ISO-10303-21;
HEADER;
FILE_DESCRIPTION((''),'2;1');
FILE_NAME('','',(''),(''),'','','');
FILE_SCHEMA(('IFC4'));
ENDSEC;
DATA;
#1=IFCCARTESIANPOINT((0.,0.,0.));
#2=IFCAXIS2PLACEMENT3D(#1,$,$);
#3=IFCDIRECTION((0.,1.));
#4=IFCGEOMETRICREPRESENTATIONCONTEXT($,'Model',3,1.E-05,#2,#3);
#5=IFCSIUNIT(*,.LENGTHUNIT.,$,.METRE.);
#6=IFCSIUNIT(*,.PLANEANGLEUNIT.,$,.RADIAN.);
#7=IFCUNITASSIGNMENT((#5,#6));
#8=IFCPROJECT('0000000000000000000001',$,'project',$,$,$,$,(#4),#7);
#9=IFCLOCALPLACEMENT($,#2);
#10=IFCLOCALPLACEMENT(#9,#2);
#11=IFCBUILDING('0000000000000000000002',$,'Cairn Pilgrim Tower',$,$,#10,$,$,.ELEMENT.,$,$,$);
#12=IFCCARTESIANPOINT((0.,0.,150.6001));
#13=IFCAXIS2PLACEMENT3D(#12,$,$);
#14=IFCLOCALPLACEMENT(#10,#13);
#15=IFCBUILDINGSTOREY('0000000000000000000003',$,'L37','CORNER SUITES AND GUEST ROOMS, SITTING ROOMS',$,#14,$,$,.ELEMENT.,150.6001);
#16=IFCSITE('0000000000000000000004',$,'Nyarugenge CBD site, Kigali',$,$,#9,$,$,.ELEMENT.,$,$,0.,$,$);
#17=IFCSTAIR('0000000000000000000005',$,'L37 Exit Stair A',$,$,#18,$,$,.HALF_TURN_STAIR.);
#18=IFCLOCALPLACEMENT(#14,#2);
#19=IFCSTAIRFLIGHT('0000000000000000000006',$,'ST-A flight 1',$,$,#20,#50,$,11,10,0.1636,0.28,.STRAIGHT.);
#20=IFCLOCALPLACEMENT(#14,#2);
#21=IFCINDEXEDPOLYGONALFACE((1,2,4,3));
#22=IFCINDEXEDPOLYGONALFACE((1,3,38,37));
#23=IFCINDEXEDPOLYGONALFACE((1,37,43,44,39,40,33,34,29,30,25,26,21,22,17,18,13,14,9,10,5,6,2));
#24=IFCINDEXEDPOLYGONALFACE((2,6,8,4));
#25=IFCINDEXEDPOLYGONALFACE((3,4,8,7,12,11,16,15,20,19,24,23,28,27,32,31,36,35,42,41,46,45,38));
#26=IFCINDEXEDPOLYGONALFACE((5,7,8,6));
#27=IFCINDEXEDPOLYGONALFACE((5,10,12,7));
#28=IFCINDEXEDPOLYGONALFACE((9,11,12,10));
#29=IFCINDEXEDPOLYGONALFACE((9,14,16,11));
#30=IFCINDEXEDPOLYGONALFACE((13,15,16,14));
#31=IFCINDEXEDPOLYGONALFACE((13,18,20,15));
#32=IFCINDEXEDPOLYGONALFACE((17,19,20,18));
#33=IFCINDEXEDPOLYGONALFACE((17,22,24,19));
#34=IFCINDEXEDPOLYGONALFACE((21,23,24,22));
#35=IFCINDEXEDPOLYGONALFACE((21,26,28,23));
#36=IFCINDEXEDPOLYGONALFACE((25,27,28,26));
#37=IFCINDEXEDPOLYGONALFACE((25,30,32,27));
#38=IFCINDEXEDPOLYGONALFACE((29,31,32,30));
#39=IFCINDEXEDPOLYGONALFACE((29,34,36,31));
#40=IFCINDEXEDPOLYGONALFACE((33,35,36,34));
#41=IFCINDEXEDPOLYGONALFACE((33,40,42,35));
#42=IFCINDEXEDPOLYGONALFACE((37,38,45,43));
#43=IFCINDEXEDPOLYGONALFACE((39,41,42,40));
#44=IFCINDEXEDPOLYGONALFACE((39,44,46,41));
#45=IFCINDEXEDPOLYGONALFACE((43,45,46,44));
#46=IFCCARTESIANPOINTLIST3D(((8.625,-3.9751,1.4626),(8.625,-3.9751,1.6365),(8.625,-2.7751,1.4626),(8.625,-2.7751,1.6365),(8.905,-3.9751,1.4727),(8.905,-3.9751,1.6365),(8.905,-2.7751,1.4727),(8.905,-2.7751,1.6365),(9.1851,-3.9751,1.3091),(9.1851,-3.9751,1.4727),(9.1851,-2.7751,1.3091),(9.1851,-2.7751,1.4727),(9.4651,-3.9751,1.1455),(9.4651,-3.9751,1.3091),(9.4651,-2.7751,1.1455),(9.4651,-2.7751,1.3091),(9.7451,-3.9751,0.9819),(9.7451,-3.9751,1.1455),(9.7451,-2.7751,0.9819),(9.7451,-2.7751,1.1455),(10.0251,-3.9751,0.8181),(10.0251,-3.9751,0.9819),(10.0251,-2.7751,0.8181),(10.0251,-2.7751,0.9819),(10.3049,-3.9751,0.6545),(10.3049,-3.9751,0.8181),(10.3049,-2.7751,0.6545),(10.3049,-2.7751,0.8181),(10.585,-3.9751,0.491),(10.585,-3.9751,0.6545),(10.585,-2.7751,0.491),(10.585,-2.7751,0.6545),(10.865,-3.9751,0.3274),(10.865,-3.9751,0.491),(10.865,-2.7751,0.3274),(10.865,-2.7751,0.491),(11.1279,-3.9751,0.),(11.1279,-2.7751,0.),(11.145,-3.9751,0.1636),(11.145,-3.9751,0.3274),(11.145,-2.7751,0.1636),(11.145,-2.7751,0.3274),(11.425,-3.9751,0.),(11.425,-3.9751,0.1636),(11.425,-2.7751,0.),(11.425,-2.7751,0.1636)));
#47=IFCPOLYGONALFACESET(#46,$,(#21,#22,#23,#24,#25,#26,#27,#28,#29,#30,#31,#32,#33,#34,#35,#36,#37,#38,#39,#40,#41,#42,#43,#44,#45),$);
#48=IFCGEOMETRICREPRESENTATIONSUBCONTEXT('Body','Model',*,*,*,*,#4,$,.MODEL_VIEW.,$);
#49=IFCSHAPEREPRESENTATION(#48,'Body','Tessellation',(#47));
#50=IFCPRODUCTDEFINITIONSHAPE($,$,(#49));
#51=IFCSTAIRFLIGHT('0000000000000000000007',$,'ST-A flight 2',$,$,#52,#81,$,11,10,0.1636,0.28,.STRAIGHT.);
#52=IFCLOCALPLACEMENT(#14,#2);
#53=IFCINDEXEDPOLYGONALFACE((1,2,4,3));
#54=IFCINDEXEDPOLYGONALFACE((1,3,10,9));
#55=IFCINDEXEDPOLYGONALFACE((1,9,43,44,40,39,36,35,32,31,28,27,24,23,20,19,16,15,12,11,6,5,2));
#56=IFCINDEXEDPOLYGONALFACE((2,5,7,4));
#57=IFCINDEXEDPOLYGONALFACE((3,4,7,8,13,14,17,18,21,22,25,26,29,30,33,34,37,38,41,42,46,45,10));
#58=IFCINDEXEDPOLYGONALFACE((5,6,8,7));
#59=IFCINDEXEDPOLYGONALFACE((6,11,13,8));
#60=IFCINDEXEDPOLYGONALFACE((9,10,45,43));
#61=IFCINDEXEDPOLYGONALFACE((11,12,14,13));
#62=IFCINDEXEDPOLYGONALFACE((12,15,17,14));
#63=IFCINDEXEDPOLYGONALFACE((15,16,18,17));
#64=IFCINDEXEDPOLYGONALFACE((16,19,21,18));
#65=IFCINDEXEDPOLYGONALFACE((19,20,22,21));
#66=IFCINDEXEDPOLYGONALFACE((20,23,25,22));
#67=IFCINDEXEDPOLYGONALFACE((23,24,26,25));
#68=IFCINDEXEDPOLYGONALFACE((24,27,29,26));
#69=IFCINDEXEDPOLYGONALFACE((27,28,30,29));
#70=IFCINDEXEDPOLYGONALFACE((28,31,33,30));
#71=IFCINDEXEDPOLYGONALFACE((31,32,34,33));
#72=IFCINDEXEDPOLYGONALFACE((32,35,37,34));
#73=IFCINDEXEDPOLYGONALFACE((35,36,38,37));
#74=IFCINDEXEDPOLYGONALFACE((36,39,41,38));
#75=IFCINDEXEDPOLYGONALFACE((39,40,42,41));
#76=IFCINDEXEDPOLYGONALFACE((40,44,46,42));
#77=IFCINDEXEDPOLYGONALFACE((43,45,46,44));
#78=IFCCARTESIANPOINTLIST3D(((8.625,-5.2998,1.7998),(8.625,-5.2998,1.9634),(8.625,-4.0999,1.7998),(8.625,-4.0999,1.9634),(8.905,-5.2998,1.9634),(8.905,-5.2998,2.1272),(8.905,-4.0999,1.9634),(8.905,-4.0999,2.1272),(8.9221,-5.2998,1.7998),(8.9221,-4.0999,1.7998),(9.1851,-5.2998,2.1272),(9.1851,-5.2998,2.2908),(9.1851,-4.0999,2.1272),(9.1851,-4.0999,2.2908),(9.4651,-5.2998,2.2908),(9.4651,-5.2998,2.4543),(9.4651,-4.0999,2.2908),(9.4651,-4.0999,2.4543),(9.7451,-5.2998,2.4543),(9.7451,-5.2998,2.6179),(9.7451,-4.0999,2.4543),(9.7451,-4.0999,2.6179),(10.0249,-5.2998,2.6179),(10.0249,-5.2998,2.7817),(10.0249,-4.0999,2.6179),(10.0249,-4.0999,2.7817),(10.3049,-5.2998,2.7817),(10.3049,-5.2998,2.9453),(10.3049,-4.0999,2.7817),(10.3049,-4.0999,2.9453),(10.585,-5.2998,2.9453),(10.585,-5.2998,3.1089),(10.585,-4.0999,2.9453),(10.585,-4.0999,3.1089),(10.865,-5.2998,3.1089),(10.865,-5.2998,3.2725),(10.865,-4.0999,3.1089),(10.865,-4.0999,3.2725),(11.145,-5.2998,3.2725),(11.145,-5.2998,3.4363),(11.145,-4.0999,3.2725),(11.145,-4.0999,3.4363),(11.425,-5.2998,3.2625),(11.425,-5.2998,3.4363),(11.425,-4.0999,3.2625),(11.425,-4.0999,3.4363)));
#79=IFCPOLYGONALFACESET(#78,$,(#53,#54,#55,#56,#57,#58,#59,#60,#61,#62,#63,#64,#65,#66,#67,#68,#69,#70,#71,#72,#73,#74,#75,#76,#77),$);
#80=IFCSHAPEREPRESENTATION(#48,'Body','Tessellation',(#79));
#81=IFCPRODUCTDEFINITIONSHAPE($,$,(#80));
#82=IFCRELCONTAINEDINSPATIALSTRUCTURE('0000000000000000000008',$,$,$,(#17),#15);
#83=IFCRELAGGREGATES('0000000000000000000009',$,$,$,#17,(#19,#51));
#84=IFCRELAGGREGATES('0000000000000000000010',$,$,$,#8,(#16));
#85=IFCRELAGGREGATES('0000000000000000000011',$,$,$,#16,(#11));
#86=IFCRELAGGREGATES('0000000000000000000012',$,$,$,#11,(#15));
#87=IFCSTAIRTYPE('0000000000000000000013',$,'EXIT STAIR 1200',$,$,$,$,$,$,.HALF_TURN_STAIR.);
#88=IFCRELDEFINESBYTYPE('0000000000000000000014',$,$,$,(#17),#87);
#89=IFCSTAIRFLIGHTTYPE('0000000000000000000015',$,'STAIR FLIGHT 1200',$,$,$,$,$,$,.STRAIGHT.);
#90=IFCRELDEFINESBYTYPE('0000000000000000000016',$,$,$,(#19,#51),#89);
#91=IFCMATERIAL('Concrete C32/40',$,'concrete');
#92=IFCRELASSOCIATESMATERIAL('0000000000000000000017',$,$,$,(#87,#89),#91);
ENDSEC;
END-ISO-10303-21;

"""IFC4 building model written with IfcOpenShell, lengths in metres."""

from ifc_helpers import new_model, si_unit, direction, frame, origin, place, context, subcontext, project, spatial, polyline, outline, extrude, material, type_object, element, aggregate, save


model = new_model("IFC4")

# Units and contexts
model_context = context("Model", 3, precision=1e-05, world=origin(), true_north=direction((0.0, 1.0)))
body_context = subcontext(model_context, "Body", "Model", "MODEL_VIEW")
ifc_project = project(units=[si_unit("LENGTHUNIT", "METRE"), si_unit("PLANEANGLEUNIT", "RADIAN")], contexts=[model_context])

# Site, building, storey
site_placement = place(None, origin())
site = spatial("IfcSite", under=ifc_project, at=site_placement, Name="Nyarugenge CBD site, Kigali", CompositionType="ELEMENT", RefElevation=0.0)
building_placement = place(site_placement, origin())
building = spatial("IfcBuilding", under=site, at=building_placement, Name="Cairn Pilgrim Tower", CompositionType="ELEMENT")
storey_placement = place(building_placement, frame((0.0, 0.0, 150.6001)))
storey = spatial("IfcBuildingStorey", under=building, at=storey_placement, Name="L37", Description="CORNER SUITES AND GUEST ROOMS, SITTING ROOMS", CompositionType="ELEMENT", Elevation=150.6001)

# Shared definitions
ifc_material_1 = material(Name="Concrete C32/40", Category="concrete")

# Stair, stair flights
stair_type = type_object("IfcStairType", Name="EXIT STAIR 1200", PredefinedType="HALF_TURN_STAIR", material=ifc_material_1)
stair_placement = place(storey_placement, origin())
stair = element("IfcStair", 1, at=stair_placement, inside=storey, type_object=stair_type, Name="L37 Exit Stair A", PredefinedType="HALF_TURN_STAIR")
stair_flight_type = type_object("IfcStairFlightType", Name="STAIR FLIGHT 1200", PredefinedType="STRAIGHT", material=ifc_material_1)
stair_flight_1_placement = place(storey_placement, frame((11.425, -3.375, 0.0), z_axis=(0.0, 0.0, 1.0), x_axis=(-1.0, 0.0, 0.0)))
stair_flight_1 = element("IfcStairFlight", 2, at=stair_flight_1_placement, type_object=stair_flight_type, Name="ST-A flight 1", NumberOfRisers=11, NumberOfTreads=10, PredefinedType="STRAIGHT", RiserHeight=0.1636, TreadLength=0.28, context=body_context, shape_type="SweptSolid", body=[
    extrude(outline(polyline([(0.0, 0.0), (0.0, 0.1636), (0.28, 0.1636), (0.28, 0.3274), (0.5601, 0.3274), (0.5601, 0.491), (0.8401, 0.491), (0.8401, 0.6545), (1.1201, 0.6545), (1.1201, 0.8181), (1.3999, 0.8181), (1.3999, 0.9819), (1.6799, 0.9819), (1.6799, 1.1455), (1.96, 1.1455), (1.96, 1.3091), (2.24, 1.3091), (2.24, 1.4727), (2.52, 1.4727), (2.52, 1.6365), (2.8, 1.6365), (2.8, 1.8), (2.8, 1.4626), (0.2971, 0.0), (0.0, 0.0)])), frame((0.0, 0.6001, 0.0), z_axis=(0.0, -1.0, 0.0), x_axis=(1.0, 0.0, 0.0)), (0.0, 0.0, 1.0), 1.2),
])
stair_flight_2_placement = place(storey_placement, frame((8.625, -4.7, 1.7998), z_axis=(0.0, 0.0, 1.0), x_axis=(1.0, 0.0, 0.0)))
stair_flight_2 = element("IfcStairFlight", 3, at=stair_flight_2_placement, type_object=stair_flight_type, Name="ST-A flight 2", NumberOfRisers=11, NumberOfTreads=10, PredefinedType="STRAIGHT", RiserHeight=0.1636, TreadLength=0.28, context=body_context, shape_type="SweptSolid", body=[
    extrude(outline(polyline([(0.0, 0.0), (0.0, 0.1636), (0.28, 0.1636), (0.28, 0.3274), (0.5601, 0.3274), (0.5601, 0.491), (0.8401, 0.491), (0.8401, 0.6545), (1.1201, 0.6545), (1.1201, 0.8181), (1.3999, 0.8181), (1.3999, 0.9819), (1.6799, 0.9819), (1.6799, 1.1455), (1.96, 1.1455), (1.96, 1.3091), (2.24, 1.3091), (2.24, 1.4727), (2.52, 1.4727), (2.52, 1.6365), (2.8, 1.6365), (2.8, 1.8), (2.8, 1.4626), (0.2971, 0.0), (0.0, 0.0)])), frame((0.0, 0.6001, 0.0), z_axis=(0.0, -1.0, 0.0), x_axis=(1.0, 0.0, 0.0)), (0.0, 0.0, 1.0), 1.2),
])
aggregate(stair, [stair_flight_1, stair_flight_2])

save(model, "model.ifc")
